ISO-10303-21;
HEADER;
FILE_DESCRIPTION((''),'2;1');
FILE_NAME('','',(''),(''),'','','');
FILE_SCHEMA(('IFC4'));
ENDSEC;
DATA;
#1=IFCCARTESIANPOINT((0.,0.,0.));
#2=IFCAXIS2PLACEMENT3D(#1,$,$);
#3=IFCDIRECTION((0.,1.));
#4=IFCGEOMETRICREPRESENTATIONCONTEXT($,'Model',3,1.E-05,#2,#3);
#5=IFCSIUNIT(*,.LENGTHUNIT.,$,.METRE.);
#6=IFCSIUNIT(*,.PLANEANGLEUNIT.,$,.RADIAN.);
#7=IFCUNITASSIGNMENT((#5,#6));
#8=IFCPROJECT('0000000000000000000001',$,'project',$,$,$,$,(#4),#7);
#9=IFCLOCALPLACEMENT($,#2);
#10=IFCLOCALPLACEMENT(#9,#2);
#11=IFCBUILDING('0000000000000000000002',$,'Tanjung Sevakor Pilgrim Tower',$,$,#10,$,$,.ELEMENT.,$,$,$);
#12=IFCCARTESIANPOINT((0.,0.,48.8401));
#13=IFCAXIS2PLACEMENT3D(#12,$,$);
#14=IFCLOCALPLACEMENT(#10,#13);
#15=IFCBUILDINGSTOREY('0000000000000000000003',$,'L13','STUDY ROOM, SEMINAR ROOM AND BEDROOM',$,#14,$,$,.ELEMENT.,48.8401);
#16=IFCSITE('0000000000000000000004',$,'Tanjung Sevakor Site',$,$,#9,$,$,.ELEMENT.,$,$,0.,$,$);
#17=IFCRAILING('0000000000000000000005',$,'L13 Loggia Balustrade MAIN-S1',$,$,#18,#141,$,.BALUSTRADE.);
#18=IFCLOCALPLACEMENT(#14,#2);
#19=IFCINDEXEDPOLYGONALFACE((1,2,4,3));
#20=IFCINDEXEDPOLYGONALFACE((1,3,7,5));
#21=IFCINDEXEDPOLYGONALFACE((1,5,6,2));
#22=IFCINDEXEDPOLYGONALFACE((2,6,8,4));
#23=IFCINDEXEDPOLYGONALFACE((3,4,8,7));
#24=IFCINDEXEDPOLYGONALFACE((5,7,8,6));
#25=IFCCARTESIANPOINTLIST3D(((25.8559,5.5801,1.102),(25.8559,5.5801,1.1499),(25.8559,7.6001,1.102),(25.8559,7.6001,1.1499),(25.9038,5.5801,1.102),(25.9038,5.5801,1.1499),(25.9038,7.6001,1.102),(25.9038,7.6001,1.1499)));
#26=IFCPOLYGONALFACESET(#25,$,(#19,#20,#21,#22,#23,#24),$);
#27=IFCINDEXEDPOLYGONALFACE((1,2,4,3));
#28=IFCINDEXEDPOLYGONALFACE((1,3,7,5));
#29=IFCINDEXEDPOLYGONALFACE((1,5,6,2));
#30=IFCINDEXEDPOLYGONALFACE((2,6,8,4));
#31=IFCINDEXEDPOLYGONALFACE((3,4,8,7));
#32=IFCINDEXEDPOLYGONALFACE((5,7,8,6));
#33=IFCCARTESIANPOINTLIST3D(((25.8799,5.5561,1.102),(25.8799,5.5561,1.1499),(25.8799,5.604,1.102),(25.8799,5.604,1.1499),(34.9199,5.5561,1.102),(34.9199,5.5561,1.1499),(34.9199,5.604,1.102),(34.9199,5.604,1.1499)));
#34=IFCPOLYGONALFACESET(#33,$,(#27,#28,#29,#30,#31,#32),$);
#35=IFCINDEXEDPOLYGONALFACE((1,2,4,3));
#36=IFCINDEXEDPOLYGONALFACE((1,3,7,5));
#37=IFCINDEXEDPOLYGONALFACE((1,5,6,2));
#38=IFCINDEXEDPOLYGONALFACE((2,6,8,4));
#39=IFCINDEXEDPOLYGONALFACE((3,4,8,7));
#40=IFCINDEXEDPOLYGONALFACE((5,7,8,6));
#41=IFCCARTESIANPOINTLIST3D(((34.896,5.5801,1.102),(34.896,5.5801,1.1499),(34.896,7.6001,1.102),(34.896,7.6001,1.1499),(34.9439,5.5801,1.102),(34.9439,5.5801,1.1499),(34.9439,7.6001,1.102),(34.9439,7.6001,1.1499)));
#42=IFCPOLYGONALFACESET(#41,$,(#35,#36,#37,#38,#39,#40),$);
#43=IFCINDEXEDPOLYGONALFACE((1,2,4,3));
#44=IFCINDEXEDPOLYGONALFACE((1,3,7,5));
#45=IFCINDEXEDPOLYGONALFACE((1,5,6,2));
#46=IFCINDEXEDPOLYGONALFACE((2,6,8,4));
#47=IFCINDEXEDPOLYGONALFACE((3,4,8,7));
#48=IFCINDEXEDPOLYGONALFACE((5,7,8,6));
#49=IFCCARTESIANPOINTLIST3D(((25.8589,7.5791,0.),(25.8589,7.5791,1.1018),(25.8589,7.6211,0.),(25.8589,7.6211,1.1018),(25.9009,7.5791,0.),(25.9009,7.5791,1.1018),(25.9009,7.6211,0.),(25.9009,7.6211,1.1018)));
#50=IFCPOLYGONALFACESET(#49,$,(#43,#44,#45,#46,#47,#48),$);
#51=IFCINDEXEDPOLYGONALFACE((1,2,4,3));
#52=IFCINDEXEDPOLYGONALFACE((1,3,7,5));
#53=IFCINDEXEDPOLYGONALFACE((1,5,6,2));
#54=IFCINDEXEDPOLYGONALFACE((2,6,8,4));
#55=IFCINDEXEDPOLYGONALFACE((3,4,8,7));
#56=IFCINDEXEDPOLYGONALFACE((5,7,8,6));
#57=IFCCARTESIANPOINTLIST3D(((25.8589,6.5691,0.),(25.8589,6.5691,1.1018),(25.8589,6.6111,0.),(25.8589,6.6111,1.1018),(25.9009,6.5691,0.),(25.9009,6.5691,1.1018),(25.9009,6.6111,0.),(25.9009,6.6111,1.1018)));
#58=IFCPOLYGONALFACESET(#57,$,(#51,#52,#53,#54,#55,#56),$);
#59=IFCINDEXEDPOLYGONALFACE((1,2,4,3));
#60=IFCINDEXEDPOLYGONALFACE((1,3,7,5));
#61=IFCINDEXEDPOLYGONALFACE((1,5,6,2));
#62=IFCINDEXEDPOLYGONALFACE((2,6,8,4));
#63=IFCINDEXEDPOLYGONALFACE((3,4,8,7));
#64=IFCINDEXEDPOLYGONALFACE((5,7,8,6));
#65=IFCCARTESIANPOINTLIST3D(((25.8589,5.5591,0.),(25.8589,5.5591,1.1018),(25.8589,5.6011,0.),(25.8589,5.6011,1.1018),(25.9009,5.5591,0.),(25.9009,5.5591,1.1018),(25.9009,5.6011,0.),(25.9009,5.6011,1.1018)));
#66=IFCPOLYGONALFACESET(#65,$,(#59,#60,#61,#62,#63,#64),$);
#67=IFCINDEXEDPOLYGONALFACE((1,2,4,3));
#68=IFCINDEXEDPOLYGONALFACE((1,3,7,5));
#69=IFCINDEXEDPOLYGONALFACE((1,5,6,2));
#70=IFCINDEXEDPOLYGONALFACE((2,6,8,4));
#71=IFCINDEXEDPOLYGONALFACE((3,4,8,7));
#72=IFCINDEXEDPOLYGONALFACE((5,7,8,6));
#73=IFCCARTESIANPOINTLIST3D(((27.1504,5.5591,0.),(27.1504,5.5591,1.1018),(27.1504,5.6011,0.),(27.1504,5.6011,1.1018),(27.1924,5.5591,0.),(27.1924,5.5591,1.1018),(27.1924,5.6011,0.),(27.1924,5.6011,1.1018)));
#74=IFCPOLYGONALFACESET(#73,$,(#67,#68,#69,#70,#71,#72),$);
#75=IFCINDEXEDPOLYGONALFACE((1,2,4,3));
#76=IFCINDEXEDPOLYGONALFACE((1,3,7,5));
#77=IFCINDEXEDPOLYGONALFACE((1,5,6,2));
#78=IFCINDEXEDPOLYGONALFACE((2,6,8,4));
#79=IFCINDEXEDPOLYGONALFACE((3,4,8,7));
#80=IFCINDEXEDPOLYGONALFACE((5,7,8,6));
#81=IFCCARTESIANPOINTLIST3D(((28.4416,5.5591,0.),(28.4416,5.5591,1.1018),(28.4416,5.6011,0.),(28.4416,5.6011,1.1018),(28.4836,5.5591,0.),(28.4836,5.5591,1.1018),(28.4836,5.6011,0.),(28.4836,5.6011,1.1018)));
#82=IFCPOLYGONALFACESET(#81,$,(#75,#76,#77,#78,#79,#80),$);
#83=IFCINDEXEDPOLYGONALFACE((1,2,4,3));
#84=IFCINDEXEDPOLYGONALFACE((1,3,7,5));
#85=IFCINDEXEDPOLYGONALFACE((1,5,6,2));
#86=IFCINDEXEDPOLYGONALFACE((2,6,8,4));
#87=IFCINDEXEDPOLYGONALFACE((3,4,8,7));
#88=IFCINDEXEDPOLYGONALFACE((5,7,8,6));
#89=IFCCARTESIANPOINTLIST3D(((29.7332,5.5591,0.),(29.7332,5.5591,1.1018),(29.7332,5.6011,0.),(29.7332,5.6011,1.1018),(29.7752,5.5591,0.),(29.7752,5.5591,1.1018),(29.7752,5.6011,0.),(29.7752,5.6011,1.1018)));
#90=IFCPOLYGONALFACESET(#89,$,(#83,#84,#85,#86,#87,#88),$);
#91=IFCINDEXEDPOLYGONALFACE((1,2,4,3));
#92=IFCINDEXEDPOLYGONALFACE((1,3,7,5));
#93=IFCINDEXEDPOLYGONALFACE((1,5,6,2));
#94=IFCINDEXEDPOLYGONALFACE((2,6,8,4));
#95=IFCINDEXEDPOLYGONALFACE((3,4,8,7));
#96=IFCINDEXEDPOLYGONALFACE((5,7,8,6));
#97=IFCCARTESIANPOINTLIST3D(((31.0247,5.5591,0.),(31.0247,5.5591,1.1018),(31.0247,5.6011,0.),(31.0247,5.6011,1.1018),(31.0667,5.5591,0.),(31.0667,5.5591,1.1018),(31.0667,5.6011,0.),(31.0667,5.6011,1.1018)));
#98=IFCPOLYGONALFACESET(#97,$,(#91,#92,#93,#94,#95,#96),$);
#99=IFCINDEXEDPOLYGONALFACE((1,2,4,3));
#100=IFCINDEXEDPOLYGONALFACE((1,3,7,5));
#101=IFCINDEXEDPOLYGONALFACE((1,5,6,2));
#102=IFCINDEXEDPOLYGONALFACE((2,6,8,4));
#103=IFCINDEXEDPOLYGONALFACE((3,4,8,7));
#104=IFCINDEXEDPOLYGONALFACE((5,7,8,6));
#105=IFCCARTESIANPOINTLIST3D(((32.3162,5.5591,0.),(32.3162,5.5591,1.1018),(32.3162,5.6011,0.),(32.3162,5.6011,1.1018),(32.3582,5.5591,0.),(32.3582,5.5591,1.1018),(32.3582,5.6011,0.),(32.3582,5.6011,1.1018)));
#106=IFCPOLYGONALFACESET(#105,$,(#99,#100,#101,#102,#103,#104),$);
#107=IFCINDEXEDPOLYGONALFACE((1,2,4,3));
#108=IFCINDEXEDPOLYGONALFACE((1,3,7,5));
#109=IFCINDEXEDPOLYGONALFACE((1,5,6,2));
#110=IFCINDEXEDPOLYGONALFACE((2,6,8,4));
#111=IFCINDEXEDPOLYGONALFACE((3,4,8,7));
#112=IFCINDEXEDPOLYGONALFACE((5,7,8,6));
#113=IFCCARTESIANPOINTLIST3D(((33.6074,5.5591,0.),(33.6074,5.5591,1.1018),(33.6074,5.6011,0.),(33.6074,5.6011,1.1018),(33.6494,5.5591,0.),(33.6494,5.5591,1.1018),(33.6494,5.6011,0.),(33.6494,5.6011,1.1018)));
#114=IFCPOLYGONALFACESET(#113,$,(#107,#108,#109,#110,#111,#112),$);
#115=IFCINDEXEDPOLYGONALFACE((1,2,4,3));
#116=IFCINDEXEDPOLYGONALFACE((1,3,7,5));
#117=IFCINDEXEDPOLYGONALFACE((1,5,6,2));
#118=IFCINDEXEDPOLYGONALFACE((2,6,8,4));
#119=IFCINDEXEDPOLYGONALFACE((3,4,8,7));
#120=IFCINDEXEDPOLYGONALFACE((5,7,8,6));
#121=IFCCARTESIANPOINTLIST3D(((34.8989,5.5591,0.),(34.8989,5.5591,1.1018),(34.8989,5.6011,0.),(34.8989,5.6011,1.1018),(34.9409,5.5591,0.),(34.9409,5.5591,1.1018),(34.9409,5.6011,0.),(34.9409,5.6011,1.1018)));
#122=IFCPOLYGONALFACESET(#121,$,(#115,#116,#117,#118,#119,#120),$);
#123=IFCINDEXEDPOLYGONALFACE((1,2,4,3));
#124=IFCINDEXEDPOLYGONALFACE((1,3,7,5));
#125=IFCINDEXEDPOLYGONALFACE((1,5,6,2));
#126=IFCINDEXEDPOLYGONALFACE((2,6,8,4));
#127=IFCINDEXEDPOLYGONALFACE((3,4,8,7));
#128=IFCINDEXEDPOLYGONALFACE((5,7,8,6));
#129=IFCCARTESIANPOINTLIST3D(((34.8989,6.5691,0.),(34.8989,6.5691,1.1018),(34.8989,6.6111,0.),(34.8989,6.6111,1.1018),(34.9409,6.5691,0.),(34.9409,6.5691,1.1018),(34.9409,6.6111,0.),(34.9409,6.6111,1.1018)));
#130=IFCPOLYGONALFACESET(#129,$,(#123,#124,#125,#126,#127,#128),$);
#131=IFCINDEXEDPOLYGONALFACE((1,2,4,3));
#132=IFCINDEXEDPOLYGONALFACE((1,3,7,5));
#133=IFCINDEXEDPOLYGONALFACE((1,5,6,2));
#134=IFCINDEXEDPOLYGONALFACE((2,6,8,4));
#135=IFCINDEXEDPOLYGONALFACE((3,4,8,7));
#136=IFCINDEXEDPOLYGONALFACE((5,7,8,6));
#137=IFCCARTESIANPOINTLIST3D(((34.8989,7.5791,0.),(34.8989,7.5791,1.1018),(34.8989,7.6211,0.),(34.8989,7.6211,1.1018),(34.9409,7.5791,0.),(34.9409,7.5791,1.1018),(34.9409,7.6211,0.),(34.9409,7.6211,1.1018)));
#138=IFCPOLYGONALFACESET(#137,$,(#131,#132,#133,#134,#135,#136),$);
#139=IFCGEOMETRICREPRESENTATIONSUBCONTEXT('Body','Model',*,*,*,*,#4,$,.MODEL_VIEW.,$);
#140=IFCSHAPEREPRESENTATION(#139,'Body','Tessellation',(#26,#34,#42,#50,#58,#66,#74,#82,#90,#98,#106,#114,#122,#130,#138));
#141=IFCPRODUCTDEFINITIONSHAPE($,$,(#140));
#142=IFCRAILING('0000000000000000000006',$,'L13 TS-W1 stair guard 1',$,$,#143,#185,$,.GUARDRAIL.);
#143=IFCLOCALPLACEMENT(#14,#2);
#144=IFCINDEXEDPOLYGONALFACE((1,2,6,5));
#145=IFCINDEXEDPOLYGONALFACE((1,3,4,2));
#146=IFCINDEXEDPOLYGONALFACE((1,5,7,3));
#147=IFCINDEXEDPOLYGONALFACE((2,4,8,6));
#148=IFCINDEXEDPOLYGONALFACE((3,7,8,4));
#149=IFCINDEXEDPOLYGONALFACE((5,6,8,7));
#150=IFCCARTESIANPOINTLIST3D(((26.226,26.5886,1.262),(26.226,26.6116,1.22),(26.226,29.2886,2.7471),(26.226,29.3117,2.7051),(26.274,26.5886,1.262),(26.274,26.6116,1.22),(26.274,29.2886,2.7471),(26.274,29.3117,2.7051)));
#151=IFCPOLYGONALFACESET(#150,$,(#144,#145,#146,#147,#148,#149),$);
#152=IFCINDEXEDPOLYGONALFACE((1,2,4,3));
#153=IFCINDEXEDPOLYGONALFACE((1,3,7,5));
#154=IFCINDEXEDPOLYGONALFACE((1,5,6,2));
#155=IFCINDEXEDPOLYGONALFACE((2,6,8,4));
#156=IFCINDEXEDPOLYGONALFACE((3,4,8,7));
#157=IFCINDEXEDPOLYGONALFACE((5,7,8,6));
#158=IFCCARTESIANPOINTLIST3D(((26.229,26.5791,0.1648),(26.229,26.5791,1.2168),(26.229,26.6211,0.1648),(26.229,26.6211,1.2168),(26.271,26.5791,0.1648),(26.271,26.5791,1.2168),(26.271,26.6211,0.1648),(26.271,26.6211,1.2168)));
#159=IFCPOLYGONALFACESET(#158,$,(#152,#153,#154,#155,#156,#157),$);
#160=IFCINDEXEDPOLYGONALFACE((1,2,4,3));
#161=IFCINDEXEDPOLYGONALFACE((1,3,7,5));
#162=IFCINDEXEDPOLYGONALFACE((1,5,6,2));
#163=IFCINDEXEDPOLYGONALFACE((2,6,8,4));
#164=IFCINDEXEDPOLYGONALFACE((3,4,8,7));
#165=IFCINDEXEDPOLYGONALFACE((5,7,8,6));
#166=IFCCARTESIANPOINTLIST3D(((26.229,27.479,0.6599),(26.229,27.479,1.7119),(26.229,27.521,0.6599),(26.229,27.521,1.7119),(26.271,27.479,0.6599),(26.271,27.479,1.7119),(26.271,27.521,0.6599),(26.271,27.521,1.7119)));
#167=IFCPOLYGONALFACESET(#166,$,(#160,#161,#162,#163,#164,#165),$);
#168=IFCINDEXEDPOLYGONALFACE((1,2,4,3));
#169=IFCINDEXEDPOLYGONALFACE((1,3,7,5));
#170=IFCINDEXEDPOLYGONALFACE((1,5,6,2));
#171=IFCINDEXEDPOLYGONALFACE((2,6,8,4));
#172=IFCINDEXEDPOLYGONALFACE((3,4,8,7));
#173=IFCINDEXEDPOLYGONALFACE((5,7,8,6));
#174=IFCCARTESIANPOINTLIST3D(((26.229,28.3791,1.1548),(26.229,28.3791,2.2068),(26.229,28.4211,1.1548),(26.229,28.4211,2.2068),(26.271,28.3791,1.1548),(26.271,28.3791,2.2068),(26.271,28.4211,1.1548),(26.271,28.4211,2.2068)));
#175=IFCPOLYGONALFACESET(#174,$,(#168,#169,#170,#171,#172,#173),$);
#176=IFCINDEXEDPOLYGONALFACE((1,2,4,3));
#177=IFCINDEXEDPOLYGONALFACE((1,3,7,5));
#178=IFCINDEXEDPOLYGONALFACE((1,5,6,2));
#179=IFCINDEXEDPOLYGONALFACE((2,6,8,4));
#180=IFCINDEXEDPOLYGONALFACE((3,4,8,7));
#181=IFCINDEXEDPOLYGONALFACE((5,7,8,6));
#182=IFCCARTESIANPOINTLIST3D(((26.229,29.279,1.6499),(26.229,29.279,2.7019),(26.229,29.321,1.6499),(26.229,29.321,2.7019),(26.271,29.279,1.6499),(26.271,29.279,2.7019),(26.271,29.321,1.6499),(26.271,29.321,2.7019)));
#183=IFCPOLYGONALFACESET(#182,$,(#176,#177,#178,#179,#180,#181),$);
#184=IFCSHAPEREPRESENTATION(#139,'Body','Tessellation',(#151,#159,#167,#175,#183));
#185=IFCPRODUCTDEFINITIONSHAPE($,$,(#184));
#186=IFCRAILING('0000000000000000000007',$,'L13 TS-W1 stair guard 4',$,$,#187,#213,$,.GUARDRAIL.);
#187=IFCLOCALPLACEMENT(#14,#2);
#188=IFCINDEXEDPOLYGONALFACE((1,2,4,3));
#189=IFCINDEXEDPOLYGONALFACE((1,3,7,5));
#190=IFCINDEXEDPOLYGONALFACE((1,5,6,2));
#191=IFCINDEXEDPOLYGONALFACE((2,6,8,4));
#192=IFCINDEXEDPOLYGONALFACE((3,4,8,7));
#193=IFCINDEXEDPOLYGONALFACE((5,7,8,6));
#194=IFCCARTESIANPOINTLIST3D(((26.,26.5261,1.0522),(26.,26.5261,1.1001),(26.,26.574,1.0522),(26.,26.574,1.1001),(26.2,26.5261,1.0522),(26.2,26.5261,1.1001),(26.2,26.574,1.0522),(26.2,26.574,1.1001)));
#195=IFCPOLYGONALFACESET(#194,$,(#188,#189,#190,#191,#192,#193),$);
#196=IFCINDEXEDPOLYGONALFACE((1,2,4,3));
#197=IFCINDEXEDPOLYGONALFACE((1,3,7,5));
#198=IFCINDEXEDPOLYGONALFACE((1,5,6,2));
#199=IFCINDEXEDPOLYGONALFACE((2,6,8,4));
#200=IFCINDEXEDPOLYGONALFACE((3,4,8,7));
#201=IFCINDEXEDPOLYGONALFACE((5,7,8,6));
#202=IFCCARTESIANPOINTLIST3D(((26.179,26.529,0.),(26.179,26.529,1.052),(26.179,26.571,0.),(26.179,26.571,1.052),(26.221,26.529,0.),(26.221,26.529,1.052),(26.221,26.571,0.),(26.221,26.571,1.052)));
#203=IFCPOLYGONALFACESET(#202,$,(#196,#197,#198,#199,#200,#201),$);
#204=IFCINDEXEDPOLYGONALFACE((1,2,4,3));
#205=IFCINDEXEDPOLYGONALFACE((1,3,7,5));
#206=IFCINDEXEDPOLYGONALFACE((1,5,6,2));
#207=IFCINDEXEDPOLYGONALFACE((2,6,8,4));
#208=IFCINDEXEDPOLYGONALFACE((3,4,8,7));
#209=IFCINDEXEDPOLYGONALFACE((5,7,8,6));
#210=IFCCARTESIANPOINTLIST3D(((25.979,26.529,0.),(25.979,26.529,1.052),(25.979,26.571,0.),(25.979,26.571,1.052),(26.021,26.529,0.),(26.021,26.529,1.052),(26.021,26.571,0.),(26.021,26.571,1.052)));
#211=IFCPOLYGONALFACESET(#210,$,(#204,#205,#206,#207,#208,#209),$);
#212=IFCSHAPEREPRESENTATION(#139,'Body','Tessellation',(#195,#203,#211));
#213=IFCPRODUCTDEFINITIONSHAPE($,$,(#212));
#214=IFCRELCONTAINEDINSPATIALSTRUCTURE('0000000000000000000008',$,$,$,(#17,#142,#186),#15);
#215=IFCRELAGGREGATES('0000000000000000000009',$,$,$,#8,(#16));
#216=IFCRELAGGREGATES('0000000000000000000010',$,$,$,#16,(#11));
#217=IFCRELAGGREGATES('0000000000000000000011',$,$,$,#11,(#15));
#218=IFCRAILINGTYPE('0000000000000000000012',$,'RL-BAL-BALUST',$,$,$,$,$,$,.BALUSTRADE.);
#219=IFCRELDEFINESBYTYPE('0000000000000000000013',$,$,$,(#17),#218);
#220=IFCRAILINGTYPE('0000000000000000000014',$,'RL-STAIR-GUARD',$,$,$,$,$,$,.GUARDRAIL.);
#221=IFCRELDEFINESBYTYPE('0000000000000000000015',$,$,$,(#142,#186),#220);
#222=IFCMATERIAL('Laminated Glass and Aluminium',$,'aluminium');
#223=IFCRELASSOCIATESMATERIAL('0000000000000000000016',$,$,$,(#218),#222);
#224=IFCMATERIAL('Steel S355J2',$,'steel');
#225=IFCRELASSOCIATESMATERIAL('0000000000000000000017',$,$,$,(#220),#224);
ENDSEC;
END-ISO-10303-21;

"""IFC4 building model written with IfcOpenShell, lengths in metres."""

from ifc_helpers import new_model, si_unit, direction, frame, origin, place, context, subcontext, project, spatial, rectangle, extrude, material, type_object, element, save


model = new_model("IFC4")

# Units and contexts
model_context = context("Model", 3, precision=1e-05, world=origin(), true_north=direction((0.0, 1.0)))
body_context = subcontext(model_context, "Body", "Model", "MODEL_VIEW")
ifc_project = project(units=[si_unit("LENGTHUNIT", "METRE"), si_unit("PLANEANGLEUNIT", "RADIAN")], contexts=[model_context])

# Site, building, storey
site_placement = place(None, origin())
site = spatial("IfcSite", under=ifc_project, at=site_placement, Name="Tanjung Sevakor Site", CompositionType="ELEMENT", RefElevation=0.0)
building_placement = place(site_placement, origin())
building = spatial("IfcBuilding", under=site, at=building_placement, Name="Tanjung Sevakor Pilgrim Tower", CompositionType="ELEMENT")
storey_placement = place(building_placement, frame((0.0, 0.0, 48.8401)))
storey = spatial("IfcBuildingStorey", under=building, at=storey_placement, Name="L13", Description="STUDY ROOM, SEMINAR ROOM AND BEDROOM", CompositionType="ELEMENT", Elevation=48.8401)

# Railings
ifc_material_1 = material(Name="Laminated Glass and Aluminium", Category="aluminium")
railing_type_1 = type_object("IfcRailingType", Name="RL-BAL-BALUST", PredefinedType="BALUSTRADE", material=ifc_material_1)
railing_1_placement = place(storey_placement, frame((25.8799, 7.6001, 0.0)))
element("IfcRailing", 1, at=railing_1_placement, inside=storey, type_object=railing_type_1, Name="L13 Loggia Balustrade MAIN-S1", PredefinedType="BALUSTRADE", context=body_context, shape_type="SweptSolid", body=[
    extrude(rectangle(XDim=0.0479, YDim=0.0479), frame((0.0, 0.0, 1.126), z_axis=(0.0, -1.0, 0.0), x_axis=(1.0, 0.0, 0.0)), (0.0, 0.0, 1.0), 2.02),
    extrude(rectangle(XDim=0.0479, YDim=0.0479), frame((0.0, -2.02, 1.126), z_axis=(1.0, 0.0, 0.0), x_axis=(0.0, 1.0, 0.0)), (0.0, 0.0, 1.0), 9.04),
    extrude(rectangle(XDim=0.0479, YDim=0.0479), frame((9.04, -2.02, 1.126), z_axis=(0.0, 1.0, 0.0), x_axis=(-1.0, 0.0, 0.0)), (0.0, 0.0, 1.0), 2.02),
    extrude(rectangle(XDim=0.042, YDim=0.042), origin(), (0.0, 0.0, 1.0), 1.1018),
    extrude(rectangle(XDim=0.042, YDim=0.042), frame((0.0, -1.01, 0.0)), (0.0, 0.0, 1.0), 1.1018),
    extrude(rectangle(XDim=0.042, YDim=0.042), frame((0.0, -2.02, 0.0)), (0.0, 0.0, 1.0), 1.1018),
    extrude(rectangle(XDim=0.042, YDim=0.042), frame((1.2915, -2.02, 0.0)), (0.0, 0.0, 1.0), 1.1018),
    extrude(rectangle(XDim=0.042, YDim=0.042), frame((2.5828, -2.02, 0.0)), (0.0, 0.0, 1.0), 1.1018),
    extrude(rectangle(XDim=0.042, YDim=0.042), frame((3.8743, -2.02, 0.0)), (0.0, 0.0, 1.0), 1.1018),
    extrude(rectangle(XDim=0.042, YDim=0.042), frame((5.1658, -2.02, 0.0)), (0.0, 0.0, 1.0), 1.1018),
    extrude(rectangle(XDim=0.042, YDim=0.042), frame((6.4573, -2.02, 0.0)), (0.0, 0.0, 1.0), 1.1018),
    extrude(rectangle(XDim=0.042, YDim=0.042), frame((7.7485, -2.02, 0.0)), (0.0, 0.0, 1.0), 1.1018),
    extrude(rectangle(XDim=0.042, YDim=0.042), frame((9.04, -2.02, 0.0)), (0.0, 0.0, 1.0), 1.1018),
    extrude(rectangle(XDim=0.042, YDim=0.042), frame((9.04, -1.01, 0.0)), (0.0, 0.0, 1.0), 1.1018),
    extrude(rectangle(XDim=0.042, YDim=0.042), frame((9.04, 0.0, 0.0)), (0.0, 0.0, 1.0), 1.1018),
])
ifc_material_2 = material(Name="Steel S355J2", Category="steel")
railing_type_2 = type_object("IfcRailingType", Name="RL-STAIR-GUARD", PredefinedType="GUARDRAIL", material=ifc_material_2)
railing_2_placement = place(storey_placement, frame((26.25, 26.6001, 0.1648)))
element("IfcRailing", 2, at=railing_2_placement, inside=storey, type_object=railing_type_2, Name="L13 TS-W1 stair guard 1", PredefinedType="GUARDRAIL", context=body_context, shape_type="SweptSolid", body=[
    extrude(rectangle(XDim=0.0479, YDim=0.0479), frame((0.0, 0.0, 1.0762), z_axis=(0.0, 0.876198, 0.481952), x_axis=(-1.0, 0.0, 0.0)), (0.0, 0.0, 1.0), 3.0815),
    extrude(rectangle(XDim=0.042, YDim=0.042), origin(), (0.0, 0.0, 1.0), 1.052),
    extrude(rectangle(XDim=0.042, YDim=0.042), frame((0.0, 0.8999, 0.4951)), (0.0, 0.0, 1.0), 1.052),
    extrude(rectangle(XDim=0.042, YDim=0.042), frame((0.0, 1.8, 0.99)), (0.0, 0.0, 1.0), 1.052),
    extrude(rectangle(XDim=0.042, YDim=0.042), frame((0.0, 2.7, 1.4851)), (0.0, 0.0, 1.0), 1.052),
])
railing_3_placement = place(storey_placement, frame((26.2, 26.55, 0.0)))
element("IfcRailing", 3, at=railing_3_placement, inside=storey, type_object=railing_type_2, Name="L13 TS-W1 stair guard 4", PredefinedType="GUARDRAIL", context=body_context, shape_type="SweptSolid", body=[
    extrude(rectangle(XDim=0.0479, YDim=0.0479), frame((0.0, 0.0, 1.0762), z_axis=(-1.0, 0.0, 0.0), x_axis=(0.0, -1.0, 0.0)), (0.0, 0.0, 1.0), 0.2),
    extrude(rectangle(XDim=0.042, YDim=0.042), origin(), (0.0, 0.0, 1.0), 1.052),
    extrude(rectangle(XDim=0.042, YDim=0.042), frame((-0.2, 0.0, 0.0)), (0.0, 0.0, 1.0), 1.052),
])

save(model, "model.ifc")
